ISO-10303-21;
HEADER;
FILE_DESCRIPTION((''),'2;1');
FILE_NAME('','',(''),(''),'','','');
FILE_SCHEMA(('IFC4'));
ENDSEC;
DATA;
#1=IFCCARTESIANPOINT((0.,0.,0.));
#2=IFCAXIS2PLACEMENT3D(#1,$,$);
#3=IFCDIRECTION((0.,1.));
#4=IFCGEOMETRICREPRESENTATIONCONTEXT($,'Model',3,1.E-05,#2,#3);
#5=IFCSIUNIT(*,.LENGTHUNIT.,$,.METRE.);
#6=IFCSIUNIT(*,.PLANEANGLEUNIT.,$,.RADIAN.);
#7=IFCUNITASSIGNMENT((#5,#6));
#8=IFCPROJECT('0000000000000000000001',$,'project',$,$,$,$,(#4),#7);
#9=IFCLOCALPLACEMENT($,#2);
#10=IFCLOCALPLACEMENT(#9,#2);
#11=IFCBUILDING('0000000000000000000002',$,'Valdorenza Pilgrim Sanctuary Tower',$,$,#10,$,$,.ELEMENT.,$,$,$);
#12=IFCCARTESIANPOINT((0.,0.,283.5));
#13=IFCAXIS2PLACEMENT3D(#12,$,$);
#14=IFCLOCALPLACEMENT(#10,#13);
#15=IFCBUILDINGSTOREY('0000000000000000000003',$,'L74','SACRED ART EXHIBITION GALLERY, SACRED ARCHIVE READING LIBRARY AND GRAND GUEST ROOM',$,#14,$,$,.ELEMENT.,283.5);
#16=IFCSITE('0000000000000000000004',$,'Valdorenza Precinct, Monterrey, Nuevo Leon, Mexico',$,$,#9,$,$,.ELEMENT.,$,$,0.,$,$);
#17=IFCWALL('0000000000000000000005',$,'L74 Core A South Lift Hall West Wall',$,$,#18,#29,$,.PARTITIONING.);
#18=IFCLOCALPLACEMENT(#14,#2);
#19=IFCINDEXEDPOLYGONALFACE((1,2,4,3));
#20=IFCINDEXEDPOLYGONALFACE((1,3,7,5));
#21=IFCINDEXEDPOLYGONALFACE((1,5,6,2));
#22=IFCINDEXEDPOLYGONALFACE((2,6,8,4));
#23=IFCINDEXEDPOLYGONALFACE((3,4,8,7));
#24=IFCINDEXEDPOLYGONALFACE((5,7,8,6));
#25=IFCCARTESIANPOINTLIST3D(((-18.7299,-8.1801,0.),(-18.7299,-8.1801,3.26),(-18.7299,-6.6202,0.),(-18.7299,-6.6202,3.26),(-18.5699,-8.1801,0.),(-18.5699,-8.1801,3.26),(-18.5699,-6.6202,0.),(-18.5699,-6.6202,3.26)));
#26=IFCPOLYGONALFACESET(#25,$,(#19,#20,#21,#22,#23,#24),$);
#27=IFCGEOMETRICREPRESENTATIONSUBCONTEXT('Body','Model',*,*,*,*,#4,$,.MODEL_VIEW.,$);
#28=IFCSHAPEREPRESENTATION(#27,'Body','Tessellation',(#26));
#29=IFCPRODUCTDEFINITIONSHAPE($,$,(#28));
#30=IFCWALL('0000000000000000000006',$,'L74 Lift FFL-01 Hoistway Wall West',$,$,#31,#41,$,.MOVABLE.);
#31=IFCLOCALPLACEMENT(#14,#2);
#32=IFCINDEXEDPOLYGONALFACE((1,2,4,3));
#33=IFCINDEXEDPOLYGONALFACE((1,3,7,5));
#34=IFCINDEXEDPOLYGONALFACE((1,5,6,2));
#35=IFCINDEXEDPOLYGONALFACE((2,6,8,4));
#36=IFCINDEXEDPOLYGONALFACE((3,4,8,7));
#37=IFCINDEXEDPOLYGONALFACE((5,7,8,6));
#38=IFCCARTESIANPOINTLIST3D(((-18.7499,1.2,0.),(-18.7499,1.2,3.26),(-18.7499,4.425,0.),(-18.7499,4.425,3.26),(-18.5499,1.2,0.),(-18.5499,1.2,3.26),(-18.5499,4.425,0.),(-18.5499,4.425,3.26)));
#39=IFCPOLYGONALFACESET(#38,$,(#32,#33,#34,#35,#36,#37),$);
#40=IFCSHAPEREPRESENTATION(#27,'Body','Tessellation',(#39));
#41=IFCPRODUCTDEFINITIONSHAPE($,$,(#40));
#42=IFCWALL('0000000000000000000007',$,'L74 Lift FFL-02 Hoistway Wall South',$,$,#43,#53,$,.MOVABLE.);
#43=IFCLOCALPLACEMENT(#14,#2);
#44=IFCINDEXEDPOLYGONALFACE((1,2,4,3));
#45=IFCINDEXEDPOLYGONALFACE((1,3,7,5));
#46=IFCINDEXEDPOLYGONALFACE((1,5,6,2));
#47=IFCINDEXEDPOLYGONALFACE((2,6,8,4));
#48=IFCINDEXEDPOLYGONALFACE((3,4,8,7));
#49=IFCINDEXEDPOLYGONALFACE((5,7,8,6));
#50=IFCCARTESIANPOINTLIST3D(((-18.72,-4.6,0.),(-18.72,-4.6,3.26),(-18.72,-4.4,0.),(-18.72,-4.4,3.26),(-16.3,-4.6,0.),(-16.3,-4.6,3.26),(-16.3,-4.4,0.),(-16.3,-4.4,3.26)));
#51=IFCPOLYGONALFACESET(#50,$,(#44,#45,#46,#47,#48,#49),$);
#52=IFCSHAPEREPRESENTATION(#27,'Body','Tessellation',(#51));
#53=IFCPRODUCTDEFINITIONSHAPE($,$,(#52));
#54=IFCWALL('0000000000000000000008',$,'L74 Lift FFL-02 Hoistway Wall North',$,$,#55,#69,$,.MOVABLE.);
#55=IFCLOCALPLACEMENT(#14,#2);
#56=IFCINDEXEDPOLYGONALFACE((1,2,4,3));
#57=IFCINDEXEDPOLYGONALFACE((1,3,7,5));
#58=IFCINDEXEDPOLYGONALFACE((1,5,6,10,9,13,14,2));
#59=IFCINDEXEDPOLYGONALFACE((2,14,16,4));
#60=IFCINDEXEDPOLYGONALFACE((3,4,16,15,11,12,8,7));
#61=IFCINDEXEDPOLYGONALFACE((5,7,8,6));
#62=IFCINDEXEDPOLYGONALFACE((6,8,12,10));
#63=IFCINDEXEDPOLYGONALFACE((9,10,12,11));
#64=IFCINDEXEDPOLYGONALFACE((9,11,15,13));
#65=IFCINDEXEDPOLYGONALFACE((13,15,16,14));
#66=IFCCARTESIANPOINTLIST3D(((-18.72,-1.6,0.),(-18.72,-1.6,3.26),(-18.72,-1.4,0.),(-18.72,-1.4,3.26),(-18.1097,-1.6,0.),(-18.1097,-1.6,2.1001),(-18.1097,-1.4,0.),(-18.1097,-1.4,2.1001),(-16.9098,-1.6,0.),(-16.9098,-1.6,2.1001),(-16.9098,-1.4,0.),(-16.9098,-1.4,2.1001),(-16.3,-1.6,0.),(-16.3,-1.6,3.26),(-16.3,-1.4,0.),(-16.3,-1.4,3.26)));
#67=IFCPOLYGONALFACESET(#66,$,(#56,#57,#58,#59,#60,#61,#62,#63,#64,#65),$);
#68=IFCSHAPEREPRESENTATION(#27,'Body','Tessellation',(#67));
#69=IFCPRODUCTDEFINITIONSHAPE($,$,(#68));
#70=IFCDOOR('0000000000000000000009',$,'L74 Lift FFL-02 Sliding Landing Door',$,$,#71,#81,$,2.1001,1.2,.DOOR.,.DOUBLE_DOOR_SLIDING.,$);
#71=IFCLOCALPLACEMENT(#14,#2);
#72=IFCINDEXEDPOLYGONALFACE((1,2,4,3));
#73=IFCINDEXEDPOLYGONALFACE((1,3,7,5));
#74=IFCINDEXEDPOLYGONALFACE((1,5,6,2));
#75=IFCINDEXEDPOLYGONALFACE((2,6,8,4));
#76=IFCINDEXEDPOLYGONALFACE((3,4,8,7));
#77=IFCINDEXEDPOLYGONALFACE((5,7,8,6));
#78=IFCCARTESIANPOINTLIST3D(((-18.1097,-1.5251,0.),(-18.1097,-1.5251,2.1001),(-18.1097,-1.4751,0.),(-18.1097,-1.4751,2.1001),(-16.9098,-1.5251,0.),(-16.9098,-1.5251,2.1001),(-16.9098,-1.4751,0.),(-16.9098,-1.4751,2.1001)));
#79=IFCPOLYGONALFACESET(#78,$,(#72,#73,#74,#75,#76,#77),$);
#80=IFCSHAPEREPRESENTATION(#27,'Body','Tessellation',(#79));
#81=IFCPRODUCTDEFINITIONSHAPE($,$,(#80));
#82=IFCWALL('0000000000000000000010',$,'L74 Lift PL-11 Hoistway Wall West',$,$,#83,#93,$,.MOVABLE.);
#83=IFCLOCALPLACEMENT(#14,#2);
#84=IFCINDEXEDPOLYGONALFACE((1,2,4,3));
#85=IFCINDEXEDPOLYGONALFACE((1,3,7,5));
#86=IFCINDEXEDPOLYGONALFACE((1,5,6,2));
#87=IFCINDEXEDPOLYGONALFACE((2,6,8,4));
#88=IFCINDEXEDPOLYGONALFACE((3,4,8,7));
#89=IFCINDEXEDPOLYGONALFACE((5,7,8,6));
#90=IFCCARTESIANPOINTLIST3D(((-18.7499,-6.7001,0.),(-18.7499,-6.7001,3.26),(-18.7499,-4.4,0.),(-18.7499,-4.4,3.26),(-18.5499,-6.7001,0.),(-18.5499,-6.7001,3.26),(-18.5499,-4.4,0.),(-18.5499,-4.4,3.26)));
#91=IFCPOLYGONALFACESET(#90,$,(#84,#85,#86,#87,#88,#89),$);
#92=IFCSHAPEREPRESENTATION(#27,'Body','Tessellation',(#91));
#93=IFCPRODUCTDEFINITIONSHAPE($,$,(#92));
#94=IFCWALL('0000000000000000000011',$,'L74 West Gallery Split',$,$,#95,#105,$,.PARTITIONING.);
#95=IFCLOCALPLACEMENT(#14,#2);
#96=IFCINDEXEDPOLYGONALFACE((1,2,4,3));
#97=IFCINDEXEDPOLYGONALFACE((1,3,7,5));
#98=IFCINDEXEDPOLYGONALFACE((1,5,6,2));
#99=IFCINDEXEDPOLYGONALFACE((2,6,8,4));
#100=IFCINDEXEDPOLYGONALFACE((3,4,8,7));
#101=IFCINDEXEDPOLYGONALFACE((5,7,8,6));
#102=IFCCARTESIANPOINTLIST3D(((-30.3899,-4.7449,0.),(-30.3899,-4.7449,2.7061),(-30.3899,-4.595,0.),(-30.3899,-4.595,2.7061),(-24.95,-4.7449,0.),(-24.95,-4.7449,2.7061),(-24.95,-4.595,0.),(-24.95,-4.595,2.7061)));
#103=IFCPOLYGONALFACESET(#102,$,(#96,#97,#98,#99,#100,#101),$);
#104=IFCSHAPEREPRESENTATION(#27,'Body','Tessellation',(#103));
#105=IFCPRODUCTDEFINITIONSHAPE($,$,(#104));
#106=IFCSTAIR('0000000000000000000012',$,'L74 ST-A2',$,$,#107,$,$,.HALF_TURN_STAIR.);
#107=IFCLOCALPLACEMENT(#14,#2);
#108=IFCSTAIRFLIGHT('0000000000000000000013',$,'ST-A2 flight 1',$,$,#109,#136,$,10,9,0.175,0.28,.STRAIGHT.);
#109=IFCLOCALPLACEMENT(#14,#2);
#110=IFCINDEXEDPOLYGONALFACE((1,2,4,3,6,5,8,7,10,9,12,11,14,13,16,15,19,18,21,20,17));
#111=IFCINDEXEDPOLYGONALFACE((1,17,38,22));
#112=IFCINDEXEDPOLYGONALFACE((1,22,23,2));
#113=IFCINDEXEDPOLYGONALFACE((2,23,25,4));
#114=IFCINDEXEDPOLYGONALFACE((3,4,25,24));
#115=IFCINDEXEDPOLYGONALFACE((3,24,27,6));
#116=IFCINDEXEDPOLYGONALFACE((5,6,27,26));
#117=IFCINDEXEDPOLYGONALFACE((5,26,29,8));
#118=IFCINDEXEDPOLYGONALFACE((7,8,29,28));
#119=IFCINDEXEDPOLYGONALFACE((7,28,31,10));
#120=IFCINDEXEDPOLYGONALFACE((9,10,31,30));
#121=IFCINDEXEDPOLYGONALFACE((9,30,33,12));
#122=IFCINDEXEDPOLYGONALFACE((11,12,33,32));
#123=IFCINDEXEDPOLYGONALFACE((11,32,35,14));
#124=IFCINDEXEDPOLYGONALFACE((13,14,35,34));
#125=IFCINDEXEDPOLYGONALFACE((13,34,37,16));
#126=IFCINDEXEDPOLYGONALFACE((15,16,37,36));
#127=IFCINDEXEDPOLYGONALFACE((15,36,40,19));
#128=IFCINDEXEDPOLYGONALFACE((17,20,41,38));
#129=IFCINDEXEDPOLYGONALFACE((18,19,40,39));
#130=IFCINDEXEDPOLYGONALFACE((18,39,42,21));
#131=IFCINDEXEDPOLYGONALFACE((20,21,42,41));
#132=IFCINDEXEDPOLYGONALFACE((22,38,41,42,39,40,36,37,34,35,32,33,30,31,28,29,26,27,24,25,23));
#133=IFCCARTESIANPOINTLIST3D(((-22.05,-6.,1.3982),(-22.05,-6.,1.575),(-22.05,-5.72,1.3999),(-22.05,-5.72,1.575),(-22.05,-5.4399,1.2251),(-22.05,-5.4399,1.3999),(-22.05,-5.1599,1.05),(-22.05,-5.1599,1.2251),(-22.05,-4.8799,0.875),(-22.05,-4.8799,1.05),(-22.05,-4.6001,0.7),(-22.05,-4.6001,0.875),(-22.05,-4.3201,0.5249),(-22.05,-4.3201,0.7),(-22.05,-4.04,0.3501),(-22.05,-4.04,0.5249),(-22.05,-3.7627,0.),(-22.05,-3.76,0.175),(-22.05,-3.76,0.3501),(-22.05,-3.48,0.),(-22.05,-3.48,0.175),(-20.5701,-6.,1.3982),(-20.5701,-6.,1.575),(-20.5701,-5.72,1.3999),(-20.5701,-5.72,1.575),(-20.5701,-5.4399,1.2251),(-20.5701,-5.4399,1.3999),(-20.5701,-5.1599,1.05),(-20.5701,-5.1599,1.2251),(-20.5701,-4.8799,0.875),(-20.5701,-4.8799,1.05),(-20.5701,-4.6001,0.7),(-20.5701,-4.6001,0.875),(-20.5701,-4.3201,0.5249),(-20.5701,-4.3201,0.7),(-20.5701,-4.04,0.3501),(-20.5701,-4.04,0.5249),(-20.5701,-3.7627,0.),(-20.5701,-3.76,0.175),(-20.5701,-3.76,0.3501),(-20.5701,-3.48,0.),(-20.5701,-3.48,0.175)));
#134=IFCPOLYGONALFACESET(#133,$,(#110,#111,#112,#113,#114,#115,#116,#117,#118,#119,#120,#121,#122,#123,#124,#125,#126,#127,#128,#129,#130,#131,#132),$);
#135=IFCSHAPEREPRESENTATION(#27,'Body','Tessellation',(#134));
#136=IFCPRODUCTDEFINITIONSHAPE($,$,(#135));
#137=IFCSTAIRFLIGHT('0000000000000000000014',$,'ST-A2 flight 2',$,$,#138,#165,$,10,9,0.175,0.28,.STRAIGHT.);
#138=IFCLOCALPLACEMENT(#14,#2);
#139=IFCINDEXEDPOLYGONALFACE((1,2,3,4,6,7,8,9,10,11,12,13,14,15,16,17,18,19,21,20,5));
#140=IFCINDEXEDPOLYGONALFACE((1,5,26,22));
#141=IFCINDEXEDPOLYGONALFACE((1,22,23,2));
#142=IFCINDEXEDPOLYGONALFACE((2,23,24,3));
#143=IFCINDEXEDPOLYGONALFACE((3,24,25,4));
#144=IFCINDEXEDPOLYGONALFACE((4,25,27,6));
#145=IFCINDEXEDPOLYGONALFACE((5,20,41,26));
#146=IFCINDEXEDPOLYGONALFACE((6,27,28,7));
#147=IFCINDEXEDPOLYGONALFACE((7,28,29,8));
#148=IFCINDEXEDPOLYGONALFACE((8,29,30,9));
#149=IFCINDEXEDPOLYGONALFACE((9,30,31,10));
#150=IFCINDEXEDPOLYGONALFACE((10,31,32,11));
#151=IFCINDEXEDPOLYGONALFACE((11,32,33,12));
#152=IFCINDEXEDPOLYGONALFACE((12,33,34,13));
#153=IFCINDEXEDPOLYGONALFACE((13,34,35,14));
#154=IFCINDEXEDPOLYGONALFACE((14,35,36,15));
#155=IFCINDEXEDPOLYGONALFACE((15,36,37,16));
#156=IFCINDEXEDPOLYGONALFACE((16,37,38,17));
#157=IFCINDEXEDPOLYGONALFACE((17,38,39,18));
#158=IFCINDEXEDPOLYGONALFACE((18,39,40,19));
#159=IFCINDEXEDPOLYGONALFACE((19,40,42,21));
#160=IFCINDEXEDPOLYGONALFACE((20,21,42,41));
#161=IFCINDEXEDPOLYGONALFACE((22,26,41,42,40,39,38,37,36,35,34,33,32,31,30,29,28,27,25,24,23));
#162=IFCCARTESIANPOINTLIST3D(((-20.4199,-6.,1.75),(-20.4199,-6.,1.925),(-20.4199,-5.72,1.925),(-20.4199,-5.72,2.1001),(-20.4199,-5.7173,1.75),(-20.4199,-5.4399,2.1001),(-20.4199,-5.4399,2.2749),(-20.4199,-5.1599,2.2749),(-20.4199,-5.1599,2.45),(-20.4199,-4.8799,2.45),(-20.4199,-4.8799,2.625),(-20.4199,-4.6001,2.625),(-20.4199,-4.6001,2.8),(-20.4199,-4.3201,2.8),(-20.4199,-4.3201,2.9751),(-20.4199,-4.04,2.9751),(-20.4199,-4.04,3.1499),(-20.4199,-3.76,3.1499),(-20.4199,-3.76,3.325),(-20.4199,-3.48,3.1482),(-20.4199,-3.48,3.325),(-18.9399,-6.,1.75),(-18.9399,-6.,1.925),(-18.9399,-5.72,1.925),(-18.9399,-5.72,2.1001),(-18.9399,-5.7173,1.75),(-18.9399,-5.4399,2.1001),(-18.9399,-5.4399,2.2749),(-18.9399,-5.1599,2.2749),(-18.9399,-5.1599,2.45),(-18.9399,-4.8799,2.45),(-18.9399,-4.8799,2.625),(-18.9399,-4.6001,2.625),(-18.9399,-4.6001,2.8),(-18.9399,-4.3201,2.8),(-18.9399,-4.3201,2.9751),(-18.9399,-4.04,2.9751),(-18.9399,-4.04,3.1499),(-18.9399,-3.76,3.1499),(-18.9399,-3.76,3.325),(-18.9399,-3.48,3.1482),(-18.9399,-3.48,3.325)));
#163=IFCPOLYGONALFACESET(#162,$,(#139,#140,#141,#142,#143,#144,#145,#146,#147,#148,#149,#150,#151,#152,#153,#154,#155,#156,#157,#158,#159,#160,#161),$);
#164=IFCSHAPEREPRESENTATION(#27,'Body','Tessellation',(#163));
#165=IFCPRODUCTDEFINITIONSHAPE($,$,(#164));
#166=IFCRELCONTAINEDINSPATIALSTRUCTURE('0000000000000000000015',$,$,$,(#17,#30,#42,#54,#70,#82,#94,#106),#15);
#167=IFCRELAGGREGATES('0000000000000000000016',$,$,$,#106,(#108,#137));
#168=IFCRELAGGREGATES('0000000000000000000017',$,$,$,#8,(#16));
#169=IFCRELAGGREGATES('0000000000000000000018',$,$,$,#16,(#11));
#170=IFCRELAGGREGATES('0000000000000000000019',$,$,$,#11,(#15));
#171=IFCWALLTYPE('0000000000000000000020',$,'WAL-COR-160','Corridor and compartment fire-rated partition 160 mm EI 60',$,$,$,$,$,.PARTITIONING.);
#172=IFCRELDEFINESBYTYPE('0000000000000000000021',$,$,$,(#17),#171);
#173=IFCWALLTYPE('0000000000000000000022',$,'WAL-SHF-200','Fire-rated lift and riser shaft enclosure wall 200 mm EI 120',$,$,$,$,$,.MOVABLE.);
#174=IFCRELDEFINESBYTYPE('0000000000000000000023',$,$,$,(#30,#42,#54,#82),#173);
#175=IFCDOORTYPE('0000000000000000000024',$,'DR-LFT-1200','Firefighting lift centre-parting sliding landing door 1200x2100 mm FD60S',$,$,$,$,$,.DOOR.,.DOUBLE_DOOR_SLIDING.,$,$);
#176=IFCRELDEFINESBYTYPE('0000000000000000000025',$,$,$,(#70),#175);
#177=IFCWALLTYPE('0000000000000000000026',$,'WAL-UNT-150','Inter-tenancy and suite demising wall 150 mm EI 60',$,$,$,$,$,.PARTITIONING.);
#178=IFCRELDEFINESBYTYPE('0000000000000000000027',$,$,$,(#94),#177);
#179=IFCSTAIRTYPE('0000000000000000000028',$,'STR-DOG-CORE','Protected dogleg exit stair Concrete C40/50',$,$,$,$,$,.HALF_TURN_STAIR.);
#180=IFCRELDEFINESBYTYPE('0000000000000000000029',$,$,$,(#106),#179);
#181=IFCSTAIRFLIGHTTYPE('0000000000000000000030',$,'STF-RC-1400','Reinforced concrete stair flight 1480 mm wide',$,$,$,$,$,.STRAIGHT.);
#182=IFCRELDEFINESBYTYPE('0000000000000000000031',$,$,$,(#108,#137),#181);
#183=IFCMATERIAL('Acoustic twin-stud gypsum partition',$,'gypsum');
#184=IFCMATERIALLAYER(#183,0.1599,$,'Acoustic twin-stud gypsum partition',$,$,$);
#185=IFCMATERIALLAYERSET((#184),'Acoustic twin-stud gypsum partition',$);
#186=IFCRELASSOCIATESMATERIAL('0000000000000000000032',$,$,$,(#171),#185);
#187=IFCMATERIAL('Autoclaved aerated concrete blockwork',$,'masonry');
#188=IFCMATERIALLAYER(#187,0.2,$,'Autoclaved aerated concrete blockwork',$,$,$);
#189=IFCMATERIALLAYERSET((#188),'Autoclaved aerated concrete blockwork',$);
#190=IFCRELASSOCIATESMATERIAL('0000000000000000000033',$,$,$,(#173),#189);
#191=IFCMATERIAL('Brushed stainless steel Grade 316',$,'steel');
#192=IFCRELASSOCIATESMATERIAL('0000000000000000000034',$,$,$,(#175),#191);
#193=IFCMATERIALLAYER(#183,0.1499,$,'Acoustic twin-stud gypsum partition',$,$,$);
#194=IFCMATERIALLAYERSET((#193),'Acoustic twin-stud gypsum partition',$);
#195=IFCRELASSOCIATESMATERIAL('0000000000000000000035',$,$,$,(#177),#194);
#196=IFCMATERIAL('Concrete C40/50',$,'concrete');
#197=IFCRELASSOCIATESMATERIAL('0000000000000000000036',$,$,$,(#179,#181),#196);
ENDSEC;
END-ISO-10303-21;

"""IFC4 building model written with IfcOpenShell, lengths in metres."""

from ifc_helpers import new_model, si_unit, direction, frame, frame_2d, origin, place, context, subcontext, project, spatial, polyline, rectangle, outline, extrude, material, layer, layer_set, type_object, element, fill, aggregate, save


model = new_model("IFC4")

# Units and contexts
model_context = context("Model", 3, precision=1e-05, world=origin(), true_north=direction((0.0, 1.0)))
body_context = subcontext(model_context, "Body", "Model", "MODEL_VIEW")
ifc_project = project(units=[si_unit("LENGTHUNIT", "METRE"), si_unit("PLANEANGLEUNIT", "RADIAN")], contexts=[model_context])

# Site, building, storey
site_placement = place(None, origin())
site = spatial("IfcSite", under=ifc_project, at=site_placement, Name="Valdorenza Precinct, Monterrey, Nuevo Leon, Mexico", CompositionType="ELEMENT", RefElevation=0.0)
building_placement = place(site_placement, origin())
building = spatial("IfcBuilding", under=site, at=building_placement, Name="Valdorenza Pilgrim Sanctuary Tower", CompositionType="ELEMENT")
storey_placement = place(building_placement, frame((0.0, 0.0, 283.5)))
storey = spatial("IfcBuildingStorey", under=building, at=storey_placement, Name="L74", Description="SACRED ART EXHIBITION GALLERY, SACRED ARCHIVE READING LIBRARY AND GRAND GUEST ROOM", CompositionType="ELEMENT", Elevation=283.5)

# Walls
ifc_material_1 = material(Name="Acoustic twin-stud gypsum partition", Category="gypsum")
ifc_layer_1 = layer(ifc_material_1, 0.1599, Name="Acoustic twin-stud gypsum partition")
ifc_layer_set_1 = layer_set([ifc_layer_1], Name="Acoustic twin-stud gypsum partition")
wall_type_1 = type_object("IfcWallType", Name="WAL-COR-160", Description="Corridor and compartment fire-rated partition 160 mm EI 60", PredefinedType="PARTITIONING", material=ifc_layer_set_1)
wall_1_placement = place(storey_placement, frame((-18.6499, -8.1799, 0.0), z_axis=(0.0, 0.0, 1.0), x_axis=(0.0, 1.0, 0.0)))
element("IfcWall", 1, at=wall_1_placement, inside=storey, type_object=wall_type_1, Name="L74 Core A South Lift Hall West Wall", PredefinedType="PARTITIONING", context=body_context, shape_type="SweptSolid", body=[
    extrude(rectangle(XDim=1.5598, YDim=0.1599, at=frame_2d((0.7798, 0.0))), origin(), (0.0, 0.0, 1.0), 3.26),
])
ifc_material_2 = material(Name="Autoclaved aerated concrete blockwork", Category="masonry")
ifc_layer_2 = layer(ifc_material_2, 0.2, Name="Autoclaved aerated concrete blockwork")
ifc_layer_set_2 = layer_set([ifc_layer_2], Name="Autoclaved aerated concrete blockwork")
wall_type_2 = type_object("IfcWallType", Name="WAL-SHF-200", Description="Fire-rated lift and riser shaft enclosure wall 200 mm EI 120", PredefinedType="MOVABLE", material=ifc_layer_set_2)
wall_2_placement = place(storey_placement, frame((-18.6499, 1.2, 0.0), z_axis=(0.0, 0.0, 1.0), x_axis=(0.0, 1.0, 0.0)))
element("IfcWall", 2, at=wall_2_placement, inside=storey, type_object=wall_type_2, Name="L74 Lift FFL-01 Hoistway Wall West", PredefinedType="MOVABLE", context=body_context, shape_type="SweptSolid", body=[
    extrude(rectangle(XDim=3.2251, YDim=0.2, at=frame_2d((1.6125, 0.0))), origin(), (0.0, 0.0, 1.0), 3.26),
])
wall_3_placement = place(storey_placement, frame((-18.72, -4.5, 0.0), z_axis=(0.0, 0.0, 1.0), x_axis=(1.0, 0.0, 0.0)))
element("IfcWall", 3, at=wall_3_placement, inside=storey, type_object=wall_type_2, Name="L74 Lift FFL-02 Hoistway Wall South", PredefinedType="MOVABLE", context=body_context, shape_type="SweptSolid", body=[
    extrude(rectangle(XDim=2.4199, YDim=0.2, at=frame_2d((1.21, 0.0))), origin(), (0.0, 0.0, 1.0), 3.26),
])

# Wall, opening, door
wall_4_placement = place(storey_placement, frame((-18.72, -1.5, 0.0), z_axis=(0.0, 0.0, 1.0), x_axis=(1.0, 0.0, 0.0)))
wall_4 = element("IfcWall", 4, at=wall_4_placement, inside=storey, type_object=wall_type_2, Name="L74 Lift FFL-02 Hoistway Wall North", PredefinedType="MOVABLE", context=body_context, shape_type="SweptSolid", body=[
    extrude(rectangle(XDim=2.4199, YDim=0.2, at=frame_2d((1.21, 0.0))), origin(), (0.0, 0.0, 1.0), 3.26),
])
opening_1_placement = place(wall_4_placement, frame((0.6101, 0.0, 0.0)))
opening_1 = element("IfcOpeningElement", 5, at=opening_1_placement, cuts=wall_4, PredefinedType="OPENING", context=body_context, shape_type="SweptSolid", body=[
    extrude(rectangle(XDim=1.2, YDim=2.1001, at=frame_2d((0.6001, 1.05))), frame((0.0, 0.1147, 0.0), z_axis=(0.0, -1.0, 0.0), x_axis=(1.0, 0.0, 0.0)), (0.0, 0.0, 1.0), 0.2297),
])
ifc_material_3 = material(Name="Brushed stainless steel Grade 316", Category="steel")
door_type_1 = type_object("IfcDoorType", Name="DR-LFT-1200", Description="Firefighting lift centre-parting sliding landing door 1200x2100 mm FD60S", OperationType="DOUBLE_DOOR_SLIDING", PredefinedType="DOOR", material=ifc_material_3)
door_1_placement = place(opening_1_placement, origin())
door_1 = element("IfcDoor", 6, at=door_1_placement, inside=storey, type_object=door_type_1, Name="L74 Lift FFL-02 Sliding Landing Door", OperationType="DOUBLE_DOOR_SLIDING", OverallHeight=2.1001, OverallWidth=1.2, PredefinedType="DOOR", context=body_context, shape_type="SweptSolid", body=[
    extrude(rectangle(XDim=1.2, YDim=2.1001, at=frame_2d((0.6001, 1.05))), frame((0.0, 0.0249, 0.0), z_axis=(0.0, -1.0, 0.0), x_axis=(1.0, 0.0, 0.0)), (0.0, 0.0, 1.0), 0.05),
])
fill(opening_1, door_1)

# Wall
wall_5_placement = place(storey_placement, frame((-18.6499, -6.7, 0.0), z_axis=(0.0, 0.0, 1.0), x_axis=(0.0, 1.0, 0.0)))
element("IfcWall", 7, at=wall_5_placement, inside=storey, type_object=wall_type_2, Name="L74 Lift PL-11 Hoistway Wall West", PredefinedType="MOVABLE", context=body_context, shape_type="SweptSolid", body=[
    extrude(rectangle(XDim=2.3, YDim=0.2, at=frame_2d((1.1499, 0.0))), origin(), (0.0, 0.0, 1.0), 3.26),
])

# Shared definitions
ifc_material_4 = material(Name="Concrete C40/50", Category="concrete")

# Wall
ifc_layer_3 = layer(ifc_material_1, 0.1499, Name="Acoustic twin-stud gypsum partition")
ifc_layer_set_3 = layer_set([ifc_layer_3], Name="Acoustic twin-stud gypsum partition")
wall_type_3 = type_object("IfcWallType", Name="WAL-UNT-150", Description="Inter-tenancy and suite demising wall 150 mm EI 60", PredefinedType="PARTITIONING", material=ifc_layer_set_3)
wall_6_placement = place(storey_placement, frame((-30.3899, -4.6699, 0.0), z_axis=(0.0, 0.0, 1.0), x_axis=(1.0, 0.0, 0.0)))
element("IfcWall", 8, at=wall_6_placement, inside=storey, type_object=wall_type_3, Name="L74 West Gallery Split", PredefinedType="PARTITIONING", context=body_context, shape_type="SweptSolid", body=[
    extrude(rectangle(XDim=5.4399, YDim=0.1499, at=frame_2d((2.72, 0.0))), origin(), (0.0, 0.0, 1.0), 2.7061),
])

# Stair, stair flights
stair_type = type_object("IfcStairType", Name="STR-DOG-CORE", Description="Protected dogleg exit stair Concrete C40/50", PredefinedType="HALF_TURN_STAIR", material=ifc_material_4)
stair_placement = place(storey_placement, origin())
stair = element("IfcStair", 9, at=stair_placement, inside=storey, type_object=stair_type, Name="L74 ST-A2", PredefinedType="HALF_TURN_STAIR")
stair_flight_type = type_object("IfcStairFlightType", Name="STF-RC-1400", Description="Reinforced concrete stair flight 1480 mm wide", PredefinedType="STRAIGHT", material=ifc_material_4)
stair_flight_1_placement = place(storey_placement, frame((-21.3101, -3.48, 0.0), z_axis=(0.0, 0.0, 1.0), x_axis=(0.0, -1.0, 0.0)))
stair_flight_1 = element("IfcStairFlight", 10, at=stair_flight_1_placement, type_object=stair_flight_type, Name="ST-A2 flight 1", NumberOfRisers=10, NumberOfTreads=9, PredefinedType="STRAIGHT", RiserHeight=0.175, TreadLength=0.28, context=body_context, shape_type="SweptSolid", body=[
    extrude(outline(polyline([(0.0, 0.0), (0.0, 0.175), (0.28, 0.175), (0.28, 0.3501), (0.5601, 0.3501), (0.5601, 0.5249), (0.8401, 0.5249), (0.8401, 0.7), (1.1201, 0.7), (1.1201, 0.875), (1.3999, 0.875), (1.3999, 1.05), (1.6799, 1.05), (1.6799, 1.2251), (1.96, 1.2251), (1.96, 1.3999), (2.24, 1.3999), (2.24, 1.575), (2.52, 1.575), (2.52, 1.75), (2.52, 1.3982), (0.2827, 0.0), (0.0, 0.0)])), frame((0.0, 0.74, 0.0), z_axis=(0.0, -1.0, 0.0), x_axis=(1.0, 0.0, 0.0)), (0.0, 0.0, 1.0), 1.48),
])
stair_flight_2_placement = place(storey_placement, frame((-19.6799, -6.0, 1.75), z_axis=(0.0, 0.0, 1.0), x_axis=(0.0, 1.0, 0.0)))
stair_flight_2 = element("IfcStairFlight", 11, at=stair_flight_2_placement, type_object=stair_flight_type, Name="ST-A2 flight 2", NumberOfRisers=10, NumberOfTreads=9, PredefinedType="STRAIGHT", RiserHeight=0.175, TreadLength=0.28, context=body_context, shape_type="SweptSolid", body=[
    extrude(outline(polyline([(0.0, 0.0), (0.0, 0.175), (0.28, 0.175), (0.28, 0.3501), (0.5601, 0.3501), (0.5601, 0.5249), (0.8401, 0.5249), (0.8401, 0.7), (1.1201, 0.7), (1.1201, 0.875), (1.3999, 0.875), (1.3999, 1.05), (1.6799, 1.05), (1.6799, 1.2251), (1.96, 1.2251), (1.96, 1.3999), (2.24, 1.3999), (2.24, 1.575), (2.52, 1.575), (2.52, 1.75), (2.52, 1.3982), (0.2827, 0.0), (0.0, 0.0)])), frame((0.0, 0.74, 0.0), z_axis=(0.0, -1.0, 0.0), x_axis=(1.0, 0.0, 0.0)), (0.0, 0.0, 1.0), 1.48),
])
aggregate(stair, [stair_flight_1, stair_flight_2])

save(model, "model.ifc")
